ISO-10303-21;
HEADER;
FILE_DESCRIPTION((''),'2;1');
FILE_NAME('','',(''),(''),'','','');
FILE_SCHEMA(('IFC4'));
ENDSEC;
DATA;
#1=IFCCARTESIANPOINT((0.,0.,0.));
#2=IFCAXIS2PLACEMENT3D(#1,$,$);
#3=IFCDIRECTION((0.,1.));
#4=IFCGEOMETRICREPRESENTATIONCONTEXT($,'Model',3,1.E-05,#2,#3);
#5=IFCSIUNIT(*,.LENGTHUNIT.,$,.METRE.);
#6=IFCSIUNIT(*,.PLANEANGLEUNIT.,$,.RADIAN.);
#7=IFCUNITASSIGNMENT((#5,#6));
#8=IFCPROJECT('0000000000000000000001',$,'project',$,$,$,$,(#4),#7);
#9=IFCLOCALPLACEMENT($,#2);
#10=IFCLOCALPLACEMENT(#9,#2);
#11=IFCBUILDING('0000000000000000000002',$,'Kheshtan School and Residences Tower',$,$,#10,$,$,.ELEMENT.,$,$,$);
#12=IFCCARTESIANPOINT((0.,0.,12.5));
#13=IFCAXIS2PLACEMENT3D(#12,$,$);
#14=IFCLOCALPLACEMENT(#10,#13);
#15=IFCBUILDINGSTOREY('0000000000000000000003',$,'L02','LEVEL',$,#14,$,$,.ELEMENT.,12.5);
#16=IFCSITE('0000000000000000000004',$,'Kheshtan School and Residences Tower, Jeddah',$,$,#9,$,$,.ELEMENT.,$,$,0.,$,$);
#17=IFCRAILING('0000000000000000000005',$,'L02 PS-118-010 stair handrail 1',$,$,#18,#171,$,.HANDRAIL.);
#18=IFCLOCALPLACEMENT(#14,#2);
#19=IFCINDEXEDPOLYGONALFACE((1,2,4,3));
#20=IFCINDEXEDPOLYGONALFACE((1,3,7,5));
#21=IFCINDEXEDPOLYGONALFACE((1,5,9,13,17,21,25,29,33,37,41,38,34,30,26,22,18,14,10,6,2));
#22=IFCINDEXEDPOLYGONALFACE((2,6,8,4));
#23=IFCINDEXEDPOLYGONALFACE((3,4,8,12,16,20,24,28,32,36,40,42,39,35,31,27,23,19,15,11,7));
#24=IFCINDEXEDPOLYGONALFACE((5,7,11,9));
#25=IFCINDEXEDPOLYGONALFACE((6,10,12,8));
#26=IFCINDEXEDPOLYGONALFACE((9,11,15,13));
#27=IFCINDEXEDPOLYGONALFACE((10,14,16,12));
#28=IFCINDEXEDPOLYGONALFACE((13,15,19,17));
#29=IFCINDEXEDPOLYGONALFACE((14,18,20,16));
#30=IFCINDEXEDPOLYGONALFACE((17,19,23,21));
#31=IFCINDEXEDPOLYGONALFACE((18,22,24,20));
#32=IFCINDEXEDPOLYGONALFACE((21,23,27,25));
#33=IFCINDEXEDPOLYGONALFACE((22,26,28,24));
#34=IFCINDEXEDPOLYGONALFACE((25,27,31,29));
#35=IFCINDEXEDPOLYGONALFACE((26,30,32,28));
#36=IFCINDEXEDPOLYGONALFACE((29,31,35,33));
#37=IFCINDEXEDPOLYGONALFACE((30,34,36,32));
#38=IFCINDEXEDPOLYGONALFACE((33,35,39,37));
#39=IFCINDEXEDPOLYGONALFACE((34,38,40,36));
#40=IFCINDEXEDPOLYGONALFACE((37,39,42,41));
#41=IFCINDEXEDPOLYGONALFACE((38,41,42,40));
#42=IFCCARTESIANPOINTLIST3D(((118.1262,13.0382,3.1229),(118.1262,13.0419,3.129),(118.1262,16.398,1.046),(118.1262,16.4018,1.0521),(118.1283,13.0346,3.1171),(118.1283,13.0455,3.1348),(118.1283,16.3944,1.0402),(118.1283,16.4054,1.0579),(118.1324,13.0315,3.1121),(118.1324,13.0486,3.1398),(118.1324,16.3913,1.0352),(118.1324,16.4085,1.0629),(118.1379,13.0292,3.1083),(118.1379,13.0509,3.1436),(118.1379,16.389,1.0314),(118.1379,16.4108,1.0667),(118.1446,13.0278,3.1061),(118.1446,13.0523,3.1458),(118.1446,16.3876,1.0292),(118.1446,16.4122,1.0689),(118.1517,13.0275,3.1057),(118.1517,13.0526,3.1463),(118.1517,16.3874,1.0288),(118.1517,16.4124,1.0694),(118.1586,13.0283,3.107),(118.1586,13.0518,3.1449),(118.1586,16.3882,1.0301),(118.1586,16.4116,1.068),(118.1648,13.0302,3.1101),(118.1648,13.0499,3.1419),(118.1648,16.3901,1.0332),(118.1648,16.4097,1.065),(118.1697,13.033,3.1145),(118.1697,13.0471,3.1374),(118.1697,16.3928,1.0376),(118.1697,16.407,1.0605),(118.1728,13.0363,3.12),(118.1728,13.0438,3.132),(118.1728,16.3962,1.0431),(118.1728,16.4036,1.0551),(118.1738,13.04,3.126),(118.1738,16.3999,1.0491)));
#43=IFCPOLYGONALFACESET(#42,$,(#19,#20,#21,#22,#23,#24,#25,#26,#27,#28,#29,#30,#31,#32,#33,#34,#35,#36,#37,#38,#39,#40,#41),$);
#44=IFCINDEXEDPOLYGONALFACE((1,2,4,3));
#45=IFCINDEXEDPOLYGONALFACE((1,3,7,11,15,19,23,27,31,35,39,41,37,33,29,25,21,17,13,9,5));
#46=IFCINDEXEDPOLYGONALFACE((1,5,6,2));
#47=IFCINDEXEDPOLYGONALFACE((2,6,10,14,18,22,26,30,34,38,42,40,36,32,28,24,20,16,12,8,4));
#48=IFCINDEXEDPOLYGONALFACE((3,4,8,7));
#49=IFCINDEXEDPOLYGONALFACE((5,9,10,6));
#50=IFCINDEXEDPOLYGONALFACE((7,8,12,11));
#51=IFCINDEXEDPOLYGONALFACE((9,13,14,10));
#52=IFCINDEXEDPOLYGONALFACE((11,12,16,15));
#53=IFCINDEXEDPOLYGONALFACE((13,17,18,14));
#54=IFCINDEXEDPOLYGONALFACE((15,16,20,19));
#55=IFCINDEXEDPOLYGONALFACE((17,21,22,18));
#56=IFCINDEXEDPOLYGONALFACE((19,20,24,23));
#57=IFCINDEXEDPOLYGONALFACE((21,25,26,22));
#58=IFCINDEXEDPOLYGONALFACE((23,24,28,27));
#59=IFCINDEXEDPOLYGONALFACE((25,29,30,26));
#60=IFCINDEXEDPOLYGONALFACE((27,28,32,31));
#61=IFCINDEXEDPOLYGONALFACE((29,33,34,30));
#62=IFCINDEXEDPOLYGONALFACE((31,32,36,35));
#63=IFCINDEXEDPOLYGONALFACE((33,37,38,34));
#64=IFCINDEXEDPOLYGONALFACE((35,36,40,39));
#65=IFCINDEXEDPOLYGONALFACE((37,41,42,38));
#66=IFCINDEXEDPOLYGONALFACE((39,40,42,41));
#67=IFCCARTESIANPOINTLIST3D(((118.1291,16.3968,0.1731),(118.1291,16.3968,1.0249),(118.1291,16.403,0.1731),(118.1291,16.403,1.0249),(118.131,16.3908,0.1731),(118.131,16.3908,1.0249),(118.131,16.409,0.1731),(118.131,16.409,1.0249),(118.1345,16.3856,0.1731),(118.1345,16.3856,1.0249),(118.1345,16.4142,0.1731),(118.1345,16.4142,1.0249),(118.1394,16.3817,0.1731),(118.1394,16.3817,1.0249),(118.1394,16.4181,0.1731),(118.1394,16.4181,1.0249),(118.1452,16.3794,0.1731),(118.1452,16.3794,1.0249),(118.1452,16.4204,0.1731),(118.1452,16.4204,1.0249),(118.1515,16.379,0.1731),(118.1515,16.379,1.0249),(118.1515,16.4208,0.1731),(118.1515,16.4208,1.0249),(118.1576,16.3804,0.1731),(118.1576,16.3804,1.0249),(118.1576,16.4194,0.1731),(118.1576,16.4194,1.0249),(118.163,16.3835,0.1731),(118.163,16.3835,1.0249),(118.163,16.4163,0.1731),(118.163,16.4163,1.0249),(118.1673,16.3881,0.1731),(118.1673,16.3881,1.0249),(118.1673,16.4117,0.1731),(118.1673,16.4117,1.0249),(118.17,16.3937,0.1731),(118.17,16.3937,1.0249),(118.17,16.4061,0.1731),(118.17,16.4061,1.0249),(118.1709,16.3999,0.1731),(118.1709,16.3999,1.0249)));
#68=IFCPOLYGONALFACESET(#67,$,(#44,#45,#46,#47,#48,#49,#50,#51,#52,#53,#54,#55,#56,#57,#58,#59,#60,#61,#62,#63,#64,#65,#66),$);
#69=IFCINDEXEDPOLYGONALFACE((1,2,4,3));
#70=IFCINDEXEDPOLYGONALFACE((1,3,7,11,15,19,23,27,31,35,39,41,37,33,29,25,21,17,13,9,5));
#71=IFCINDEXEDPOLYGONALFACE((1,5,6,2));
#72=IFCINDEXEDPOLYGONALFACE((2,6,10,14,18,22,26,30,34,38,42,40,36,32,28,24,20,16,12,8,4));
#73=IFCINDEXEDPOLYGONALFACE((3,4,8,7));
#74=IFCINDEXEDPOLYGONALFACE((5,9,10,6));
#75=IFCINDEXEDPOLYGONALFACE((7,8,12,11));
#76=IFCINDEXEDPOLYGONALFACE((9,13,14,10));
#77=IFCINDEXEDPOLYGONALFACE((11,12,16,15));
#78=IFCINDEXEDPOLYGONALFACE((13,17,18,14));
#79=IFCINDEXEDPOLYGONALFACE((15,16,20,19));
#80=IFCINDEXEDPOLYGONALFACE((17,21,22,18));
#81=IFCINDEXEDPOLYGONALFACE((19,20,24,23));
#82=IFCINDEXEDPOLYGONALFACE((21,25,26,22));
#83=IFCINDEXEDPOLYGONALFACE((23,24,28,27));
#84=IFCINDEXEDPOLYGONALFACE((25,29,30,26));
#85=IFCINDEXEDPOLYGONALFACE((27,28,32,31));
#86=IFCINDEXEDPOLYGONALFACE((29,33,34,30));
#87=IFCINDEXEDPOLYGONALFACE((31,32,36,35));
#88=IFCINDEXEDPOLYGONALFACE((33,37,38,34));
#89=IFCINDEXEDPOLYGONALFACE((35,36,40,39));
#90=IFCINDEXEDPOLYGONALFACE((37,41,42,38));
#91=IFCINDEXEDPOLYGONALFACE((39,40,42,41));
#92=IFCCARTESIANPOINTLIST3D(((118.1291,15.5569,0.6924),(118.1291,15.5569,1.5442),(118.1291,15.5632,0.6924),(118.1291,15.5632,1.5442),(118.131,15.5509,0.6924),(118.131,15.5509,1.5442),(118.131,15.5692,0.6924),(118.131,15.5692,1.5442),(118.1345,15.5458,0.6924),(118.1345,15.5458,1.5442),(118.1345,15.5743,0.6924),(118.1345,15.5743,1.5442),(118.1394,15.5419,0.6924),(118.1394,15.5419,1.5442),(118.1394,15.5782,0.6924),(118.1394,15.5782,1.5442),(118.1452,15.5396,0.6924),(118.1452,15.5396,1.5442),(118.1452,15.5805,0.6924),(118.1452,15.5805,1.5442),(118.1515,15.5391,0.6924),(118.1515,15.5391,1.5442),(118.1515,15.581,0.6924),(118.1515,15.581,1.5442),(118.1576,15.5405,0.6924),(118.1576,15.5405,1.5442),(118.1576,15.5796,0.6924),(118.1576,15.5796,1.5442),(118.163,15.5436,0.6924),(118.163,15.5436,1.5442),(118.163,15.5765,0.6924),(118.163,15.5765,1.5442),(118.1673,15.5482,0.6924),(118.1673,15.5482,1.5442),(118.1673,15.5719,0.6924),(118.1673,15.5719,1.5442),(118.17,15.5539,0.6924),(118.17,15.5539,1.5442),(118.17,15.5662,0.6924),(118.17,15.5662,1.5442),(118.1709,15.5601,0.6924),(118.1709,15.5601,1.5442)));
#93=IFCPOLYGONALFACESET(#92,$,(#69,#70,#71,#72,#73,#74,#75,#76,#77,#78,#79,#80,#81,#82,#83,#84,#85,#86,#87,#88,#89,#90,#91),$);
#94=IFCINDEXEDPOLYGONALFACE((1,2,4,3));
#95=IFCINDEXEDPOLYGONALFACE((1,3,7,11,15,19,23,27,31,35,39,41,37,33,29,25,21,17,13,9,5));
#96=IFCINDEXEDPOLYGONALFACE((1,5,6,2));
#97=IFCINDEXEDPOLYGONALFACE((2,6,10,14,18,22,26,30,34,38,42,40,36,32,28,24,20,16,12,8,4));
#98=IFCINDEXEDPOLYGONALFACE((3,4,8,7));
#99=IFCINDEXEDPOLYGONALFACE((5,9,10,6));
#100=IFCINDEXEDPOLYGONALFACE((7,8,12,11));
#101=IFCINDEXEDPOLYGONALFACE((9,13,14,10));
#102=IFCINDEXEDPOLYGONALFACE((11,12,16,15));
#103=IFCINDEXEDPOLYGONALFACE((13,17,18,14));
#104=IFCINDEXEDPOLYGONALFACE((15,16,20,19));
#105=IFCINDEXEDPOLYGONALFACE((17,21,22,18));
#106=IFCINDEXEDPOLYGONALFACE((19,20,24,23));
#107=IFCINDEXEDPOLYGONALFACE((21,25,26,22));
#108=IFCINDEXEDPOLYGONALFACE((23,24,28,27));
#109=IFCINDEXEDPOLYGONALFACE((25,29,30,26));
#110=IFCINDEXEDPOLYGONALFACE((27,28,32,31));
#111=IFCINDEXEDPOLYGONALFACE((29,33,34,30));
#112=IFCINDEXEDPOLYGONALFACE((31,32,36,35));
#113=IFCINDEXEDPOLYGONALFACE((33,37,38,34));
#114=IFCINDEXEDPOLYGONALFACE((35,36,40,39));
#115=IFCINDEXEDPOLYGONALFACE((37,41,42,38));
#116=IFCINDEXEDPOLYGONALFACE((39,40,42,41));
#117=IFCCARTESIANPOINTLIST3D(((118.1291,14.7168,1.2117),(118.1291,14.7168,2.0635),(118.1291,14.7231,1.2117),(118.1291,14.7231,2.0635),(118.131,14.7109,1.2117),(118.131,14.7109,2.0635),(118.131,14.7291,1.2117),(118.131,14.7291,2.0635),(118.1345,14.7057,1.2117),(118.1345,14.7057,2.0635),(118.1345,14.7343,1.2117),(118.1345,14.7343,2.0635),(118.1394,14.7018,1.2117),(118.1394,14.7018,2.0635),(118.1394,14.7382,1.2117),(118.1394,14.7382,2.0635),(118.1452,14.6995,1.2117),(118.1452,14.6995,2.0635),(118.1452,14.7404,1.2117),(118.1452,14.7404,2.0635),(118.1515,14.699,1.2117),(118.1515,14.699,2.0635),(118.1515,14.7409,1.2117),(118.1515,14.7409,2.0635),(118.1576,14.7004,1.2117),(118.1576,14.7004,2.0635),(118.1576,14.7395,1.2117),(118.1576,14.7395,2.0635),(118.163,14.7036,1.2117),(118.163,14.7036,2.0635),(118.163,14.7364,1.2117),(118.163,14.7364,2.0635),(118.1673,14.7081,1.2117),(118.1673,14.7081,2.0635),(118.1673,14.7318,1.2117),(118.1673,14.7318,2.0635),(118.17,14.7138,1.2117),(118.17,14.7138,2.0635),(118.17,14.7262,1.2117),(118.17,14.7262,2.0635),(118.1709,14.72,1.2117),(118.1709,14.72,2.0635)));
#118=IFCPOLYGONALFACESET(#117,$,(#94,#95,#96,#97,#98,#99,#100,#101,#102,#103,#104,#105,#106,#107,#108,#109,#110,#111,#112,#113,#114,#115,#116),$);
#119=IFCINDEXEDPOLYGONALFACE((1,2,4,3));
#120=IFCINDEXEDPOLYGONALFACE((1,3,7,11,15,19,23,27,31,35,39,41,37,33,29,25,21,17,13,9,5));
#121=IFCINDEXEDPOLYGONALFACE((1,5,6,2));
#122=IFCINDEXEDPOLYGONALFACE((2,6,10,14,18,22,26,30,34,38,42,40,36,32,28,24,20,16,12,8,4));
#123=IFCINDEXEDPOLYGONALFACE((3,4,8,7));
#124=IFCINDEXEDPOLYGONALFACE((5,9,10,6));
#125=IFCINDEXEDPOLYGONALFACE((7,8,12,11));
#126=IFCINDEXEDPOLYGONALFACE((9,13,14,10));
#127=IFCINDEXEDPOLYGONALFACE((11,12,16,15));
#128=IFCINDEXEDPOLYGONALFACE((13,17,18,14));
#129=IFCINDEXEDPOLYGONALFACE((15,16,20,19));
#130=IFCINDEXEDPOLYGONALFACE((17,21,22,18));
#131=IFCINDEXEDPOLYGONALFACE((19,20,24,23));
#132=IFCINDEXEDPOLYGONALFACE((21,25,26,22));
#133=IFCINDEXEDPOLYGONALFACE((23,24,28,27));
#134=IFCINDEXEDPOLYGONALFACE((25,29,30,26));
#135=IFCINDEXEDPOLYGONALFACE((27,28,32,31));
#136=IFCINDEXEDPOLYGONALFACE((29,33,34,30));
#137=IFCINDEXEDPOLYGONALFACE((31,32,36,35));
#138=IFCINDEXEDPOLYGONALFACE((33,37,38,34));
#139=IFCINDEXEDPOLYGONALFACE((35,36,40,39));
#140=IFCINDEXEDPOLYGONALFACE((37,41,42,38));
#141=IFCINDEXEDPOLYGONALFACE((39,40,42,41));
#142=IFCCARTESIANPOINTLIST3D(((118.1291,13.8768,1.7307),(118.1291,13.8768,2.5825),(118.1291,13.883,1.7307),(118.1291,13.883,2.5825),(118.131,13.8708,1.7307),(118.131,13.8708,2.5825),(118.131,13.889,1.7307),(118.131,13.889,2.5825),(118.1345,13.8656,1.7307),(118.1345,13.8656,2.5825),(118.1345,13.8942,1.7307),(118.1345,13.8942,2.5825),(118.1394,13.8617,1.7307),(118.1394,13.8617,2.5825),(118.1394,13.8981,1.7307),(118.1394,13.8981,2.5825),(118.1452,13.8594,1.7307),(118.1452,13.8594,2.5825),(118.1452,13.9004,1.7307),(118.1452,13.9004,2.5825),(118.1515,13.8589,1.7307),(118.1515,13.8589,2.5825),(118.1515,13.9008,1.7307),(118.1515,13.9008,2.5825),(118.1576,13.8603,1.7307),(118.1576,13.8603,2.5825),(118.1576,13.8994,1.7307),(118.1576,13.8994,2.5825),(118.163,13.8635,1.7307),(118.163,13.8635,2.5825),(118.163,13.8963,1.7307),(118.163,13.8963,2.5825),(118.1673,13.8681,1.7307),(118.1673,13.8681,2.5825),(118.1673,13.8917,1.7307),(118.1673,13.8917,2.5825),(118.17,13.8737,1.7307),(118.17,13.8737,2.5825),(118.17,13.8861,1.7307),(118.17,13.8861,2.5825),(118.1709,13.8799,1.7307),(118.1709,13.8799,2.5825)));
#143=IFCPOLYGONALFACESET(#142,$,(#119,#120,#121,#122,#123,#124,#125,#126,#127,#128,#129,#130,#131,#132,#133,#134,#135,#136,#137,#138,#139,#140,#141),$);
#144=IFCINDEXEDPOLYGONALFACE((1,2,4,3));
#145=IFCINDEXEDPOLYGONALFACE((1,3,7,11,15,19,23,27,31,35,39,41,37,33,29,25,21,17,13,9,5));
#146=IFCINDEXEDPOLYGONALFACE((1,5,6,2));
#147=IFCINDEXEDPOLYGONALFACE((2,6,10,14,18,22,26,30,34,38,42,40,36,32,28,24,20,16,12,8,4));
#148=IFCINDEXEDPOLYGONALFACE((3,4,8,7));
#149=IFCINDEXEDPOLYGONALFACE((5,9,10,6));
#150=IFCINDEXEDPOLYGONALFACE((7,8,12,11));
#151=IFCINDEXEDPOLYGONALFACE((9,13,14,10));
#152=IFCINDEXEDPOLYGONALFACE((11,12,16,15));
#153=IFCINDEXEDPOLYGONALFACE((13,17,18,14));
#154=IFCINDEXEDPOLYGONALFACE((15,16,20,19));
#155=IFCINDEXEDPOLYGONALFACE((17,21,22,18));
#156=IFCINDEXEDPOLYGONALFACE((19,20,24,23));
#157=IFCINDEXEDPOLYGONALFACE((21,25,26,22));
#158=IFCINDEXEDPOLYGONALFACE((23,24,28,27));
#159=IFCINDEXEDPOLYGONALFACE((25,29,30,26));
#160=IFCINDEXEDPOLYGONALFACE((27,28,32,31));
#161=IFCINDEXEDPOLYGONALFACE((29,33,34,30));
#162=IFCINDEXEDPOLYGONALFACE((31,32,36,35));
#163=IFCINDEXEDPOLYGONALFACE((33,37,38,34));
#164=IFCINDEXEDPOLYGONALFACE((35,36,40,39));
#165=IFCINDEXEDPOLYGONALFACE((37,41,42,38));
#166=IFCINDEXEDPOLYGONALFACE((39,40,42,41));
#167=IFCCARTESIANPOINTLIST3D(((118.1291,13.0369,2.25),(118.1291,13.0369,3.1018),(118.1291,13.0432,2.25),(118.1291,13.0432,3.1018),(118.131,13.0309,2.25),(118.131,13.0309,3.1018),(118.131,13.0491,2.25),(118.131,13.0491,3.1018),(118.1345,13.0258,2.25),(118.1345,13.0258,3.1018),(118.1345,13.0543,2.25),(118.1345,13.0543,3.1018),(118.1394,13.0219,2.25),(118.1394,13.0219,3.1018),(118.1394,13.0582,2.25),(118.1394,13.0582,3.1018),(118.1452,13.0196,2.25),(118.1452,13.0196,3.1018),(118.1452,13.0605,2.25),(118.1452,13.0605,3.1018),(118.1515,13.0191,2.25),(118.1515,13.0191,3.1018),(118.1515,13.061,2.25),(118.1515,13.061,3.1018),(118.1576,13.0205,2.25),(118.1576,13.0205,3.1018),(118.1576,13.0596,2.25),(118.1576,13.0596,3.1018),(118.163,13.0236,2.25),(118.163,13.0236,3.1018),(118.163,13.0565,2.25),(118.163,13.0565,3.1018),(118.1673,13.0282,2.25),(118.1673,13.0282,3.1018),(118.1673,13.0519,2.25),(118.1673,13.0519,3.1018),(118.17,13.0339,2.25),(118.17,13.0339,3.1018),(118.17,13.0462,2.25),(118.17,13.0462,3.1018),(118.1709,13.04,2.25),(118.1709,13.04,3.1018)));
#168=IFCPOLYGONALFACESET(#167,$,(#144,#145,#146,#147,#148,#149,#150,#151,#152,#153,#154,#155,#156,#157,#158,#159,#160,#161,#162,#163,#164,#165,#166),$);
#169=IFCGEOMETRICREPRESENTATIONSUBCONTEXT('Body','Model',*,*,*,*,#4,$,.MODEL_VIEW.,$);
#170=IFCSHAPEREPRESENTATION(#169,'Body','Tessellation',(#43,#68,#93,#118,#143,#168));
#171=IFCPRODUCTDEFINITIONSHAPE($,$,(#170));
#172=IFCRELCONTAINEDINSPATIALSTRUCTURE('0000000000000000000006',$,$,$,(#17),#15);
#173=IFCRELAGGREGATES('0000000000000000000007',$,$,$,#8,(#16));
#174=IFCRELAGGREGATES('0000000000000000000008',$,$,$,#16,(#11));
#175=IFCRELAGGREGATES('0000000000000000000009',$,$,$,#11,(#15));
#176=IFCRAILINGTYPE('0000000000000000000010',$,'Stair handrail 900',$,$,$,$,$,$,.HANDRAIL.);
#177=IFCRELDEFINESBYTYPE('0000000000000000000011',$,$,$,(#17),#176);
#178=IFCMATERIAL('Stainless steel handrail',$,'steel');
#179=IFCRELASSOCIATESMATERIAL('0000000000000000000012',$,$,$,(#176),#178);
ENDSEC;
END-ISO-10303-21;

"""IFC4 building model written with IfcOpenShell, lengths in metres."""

from ifc_helpers import new_model, si_unit, direction, frame, origin, origin_2d, place, context, subcontext, project, spatial, circle, extrude, material, type_object, element, save


model = new_model("IFC4")

# Units and contexts
model_context = context("Model", 3, precision=1e-05, world=origin(), true_north=direction((0.0, 1.0)))
body_context = subcontext(model_context, "Body", "Model", "MODEL_VIEW")
ifc_project = project(units=[si_unit("LENGTHUNIT", "METRE"), si_unit("PLANEANGLEUNIT", "RADIAN")], contexts=[model_context])

# Site, building, storey
site_placement = place(None, origin())
site = spatial("IfcSite", under=ifc_project, at=site_placement, Name="Kheshtan School and Residences Tower, Jeddah", CompositionType="ELEMENT", RefElevation=0.0)
building_placement = place(site_placement, origin())
building = spatial("IfcBuilding", under=site, at=building_placement, Name="Kheshtan School and Residences Tower", CompositionType="ELEMENT")
storey_placement = place(building_placement, frame((0.0, 0.0, 12.5)))
storey = spatial("IfcBuildingStorey", under=building, at=storey_placement, Name="L02", Description="LEVEL", CompositionType="ELEMENT", Elevation=12.5)

# Railing
ifc_material_1 = material(Name="Stainless steel handrail", Category="steel")
railing_type_1 = type_object("IfcRailingType", Name="Stair handrail 900", PredefinedType="HANDRAIL", material=ifc_material_1)
railing_1_placement = place(storey_placement, frame((118.1499, 16.3999, 0.1731)))
element("IfcRailing", 1, at=railing_1_placement, inside=storey, type_object=railing_type_1, Name="L02 PS-118-010 stair handrail 1", PredefinedType="HANDRAIL", context=body_context, shape_type="SweptSolid", body=[
    extrude(circle(Radius=0.0239, at=origin_2d()), frame((0.0, 0.0, 0.876), z_axis=(0.0, -0.850606, 0.525803), x_axis=(1.0, 0.0, 0.0)), (0.0, 0.0, 1.0), 3.95),
    extrude(circle(Radius=0.021, at=origin_2d()), origin(), (0.0, 0.0, 1.0), 0.8518),
    extrude(circle(Radius=0.021, at=origin_2d()), frame((0.0, -0.8398, 0.5193)), (0.0, 0.0, 1.0), 0.8518),
    extrude(circle(Radius=0.021, at=origin_2d()), frame((0.0, -1.6799, 1.0386)), (0.0, 0.0, 1.0), 0.8518),
    extrude(circle(Radius=0.021, at=origin_2d()), frame((0.0, -2.52, 1.5576)), (0.0, 0.0, 1.0), 0.8518),
    extrude(circle(Radius=0.021, at=origin_2d()), frame((0.0, -3.3599, 2.0769)), (0.0, 0.0, 1.0), 0.8518),
])

save(model, "model.ifc")
